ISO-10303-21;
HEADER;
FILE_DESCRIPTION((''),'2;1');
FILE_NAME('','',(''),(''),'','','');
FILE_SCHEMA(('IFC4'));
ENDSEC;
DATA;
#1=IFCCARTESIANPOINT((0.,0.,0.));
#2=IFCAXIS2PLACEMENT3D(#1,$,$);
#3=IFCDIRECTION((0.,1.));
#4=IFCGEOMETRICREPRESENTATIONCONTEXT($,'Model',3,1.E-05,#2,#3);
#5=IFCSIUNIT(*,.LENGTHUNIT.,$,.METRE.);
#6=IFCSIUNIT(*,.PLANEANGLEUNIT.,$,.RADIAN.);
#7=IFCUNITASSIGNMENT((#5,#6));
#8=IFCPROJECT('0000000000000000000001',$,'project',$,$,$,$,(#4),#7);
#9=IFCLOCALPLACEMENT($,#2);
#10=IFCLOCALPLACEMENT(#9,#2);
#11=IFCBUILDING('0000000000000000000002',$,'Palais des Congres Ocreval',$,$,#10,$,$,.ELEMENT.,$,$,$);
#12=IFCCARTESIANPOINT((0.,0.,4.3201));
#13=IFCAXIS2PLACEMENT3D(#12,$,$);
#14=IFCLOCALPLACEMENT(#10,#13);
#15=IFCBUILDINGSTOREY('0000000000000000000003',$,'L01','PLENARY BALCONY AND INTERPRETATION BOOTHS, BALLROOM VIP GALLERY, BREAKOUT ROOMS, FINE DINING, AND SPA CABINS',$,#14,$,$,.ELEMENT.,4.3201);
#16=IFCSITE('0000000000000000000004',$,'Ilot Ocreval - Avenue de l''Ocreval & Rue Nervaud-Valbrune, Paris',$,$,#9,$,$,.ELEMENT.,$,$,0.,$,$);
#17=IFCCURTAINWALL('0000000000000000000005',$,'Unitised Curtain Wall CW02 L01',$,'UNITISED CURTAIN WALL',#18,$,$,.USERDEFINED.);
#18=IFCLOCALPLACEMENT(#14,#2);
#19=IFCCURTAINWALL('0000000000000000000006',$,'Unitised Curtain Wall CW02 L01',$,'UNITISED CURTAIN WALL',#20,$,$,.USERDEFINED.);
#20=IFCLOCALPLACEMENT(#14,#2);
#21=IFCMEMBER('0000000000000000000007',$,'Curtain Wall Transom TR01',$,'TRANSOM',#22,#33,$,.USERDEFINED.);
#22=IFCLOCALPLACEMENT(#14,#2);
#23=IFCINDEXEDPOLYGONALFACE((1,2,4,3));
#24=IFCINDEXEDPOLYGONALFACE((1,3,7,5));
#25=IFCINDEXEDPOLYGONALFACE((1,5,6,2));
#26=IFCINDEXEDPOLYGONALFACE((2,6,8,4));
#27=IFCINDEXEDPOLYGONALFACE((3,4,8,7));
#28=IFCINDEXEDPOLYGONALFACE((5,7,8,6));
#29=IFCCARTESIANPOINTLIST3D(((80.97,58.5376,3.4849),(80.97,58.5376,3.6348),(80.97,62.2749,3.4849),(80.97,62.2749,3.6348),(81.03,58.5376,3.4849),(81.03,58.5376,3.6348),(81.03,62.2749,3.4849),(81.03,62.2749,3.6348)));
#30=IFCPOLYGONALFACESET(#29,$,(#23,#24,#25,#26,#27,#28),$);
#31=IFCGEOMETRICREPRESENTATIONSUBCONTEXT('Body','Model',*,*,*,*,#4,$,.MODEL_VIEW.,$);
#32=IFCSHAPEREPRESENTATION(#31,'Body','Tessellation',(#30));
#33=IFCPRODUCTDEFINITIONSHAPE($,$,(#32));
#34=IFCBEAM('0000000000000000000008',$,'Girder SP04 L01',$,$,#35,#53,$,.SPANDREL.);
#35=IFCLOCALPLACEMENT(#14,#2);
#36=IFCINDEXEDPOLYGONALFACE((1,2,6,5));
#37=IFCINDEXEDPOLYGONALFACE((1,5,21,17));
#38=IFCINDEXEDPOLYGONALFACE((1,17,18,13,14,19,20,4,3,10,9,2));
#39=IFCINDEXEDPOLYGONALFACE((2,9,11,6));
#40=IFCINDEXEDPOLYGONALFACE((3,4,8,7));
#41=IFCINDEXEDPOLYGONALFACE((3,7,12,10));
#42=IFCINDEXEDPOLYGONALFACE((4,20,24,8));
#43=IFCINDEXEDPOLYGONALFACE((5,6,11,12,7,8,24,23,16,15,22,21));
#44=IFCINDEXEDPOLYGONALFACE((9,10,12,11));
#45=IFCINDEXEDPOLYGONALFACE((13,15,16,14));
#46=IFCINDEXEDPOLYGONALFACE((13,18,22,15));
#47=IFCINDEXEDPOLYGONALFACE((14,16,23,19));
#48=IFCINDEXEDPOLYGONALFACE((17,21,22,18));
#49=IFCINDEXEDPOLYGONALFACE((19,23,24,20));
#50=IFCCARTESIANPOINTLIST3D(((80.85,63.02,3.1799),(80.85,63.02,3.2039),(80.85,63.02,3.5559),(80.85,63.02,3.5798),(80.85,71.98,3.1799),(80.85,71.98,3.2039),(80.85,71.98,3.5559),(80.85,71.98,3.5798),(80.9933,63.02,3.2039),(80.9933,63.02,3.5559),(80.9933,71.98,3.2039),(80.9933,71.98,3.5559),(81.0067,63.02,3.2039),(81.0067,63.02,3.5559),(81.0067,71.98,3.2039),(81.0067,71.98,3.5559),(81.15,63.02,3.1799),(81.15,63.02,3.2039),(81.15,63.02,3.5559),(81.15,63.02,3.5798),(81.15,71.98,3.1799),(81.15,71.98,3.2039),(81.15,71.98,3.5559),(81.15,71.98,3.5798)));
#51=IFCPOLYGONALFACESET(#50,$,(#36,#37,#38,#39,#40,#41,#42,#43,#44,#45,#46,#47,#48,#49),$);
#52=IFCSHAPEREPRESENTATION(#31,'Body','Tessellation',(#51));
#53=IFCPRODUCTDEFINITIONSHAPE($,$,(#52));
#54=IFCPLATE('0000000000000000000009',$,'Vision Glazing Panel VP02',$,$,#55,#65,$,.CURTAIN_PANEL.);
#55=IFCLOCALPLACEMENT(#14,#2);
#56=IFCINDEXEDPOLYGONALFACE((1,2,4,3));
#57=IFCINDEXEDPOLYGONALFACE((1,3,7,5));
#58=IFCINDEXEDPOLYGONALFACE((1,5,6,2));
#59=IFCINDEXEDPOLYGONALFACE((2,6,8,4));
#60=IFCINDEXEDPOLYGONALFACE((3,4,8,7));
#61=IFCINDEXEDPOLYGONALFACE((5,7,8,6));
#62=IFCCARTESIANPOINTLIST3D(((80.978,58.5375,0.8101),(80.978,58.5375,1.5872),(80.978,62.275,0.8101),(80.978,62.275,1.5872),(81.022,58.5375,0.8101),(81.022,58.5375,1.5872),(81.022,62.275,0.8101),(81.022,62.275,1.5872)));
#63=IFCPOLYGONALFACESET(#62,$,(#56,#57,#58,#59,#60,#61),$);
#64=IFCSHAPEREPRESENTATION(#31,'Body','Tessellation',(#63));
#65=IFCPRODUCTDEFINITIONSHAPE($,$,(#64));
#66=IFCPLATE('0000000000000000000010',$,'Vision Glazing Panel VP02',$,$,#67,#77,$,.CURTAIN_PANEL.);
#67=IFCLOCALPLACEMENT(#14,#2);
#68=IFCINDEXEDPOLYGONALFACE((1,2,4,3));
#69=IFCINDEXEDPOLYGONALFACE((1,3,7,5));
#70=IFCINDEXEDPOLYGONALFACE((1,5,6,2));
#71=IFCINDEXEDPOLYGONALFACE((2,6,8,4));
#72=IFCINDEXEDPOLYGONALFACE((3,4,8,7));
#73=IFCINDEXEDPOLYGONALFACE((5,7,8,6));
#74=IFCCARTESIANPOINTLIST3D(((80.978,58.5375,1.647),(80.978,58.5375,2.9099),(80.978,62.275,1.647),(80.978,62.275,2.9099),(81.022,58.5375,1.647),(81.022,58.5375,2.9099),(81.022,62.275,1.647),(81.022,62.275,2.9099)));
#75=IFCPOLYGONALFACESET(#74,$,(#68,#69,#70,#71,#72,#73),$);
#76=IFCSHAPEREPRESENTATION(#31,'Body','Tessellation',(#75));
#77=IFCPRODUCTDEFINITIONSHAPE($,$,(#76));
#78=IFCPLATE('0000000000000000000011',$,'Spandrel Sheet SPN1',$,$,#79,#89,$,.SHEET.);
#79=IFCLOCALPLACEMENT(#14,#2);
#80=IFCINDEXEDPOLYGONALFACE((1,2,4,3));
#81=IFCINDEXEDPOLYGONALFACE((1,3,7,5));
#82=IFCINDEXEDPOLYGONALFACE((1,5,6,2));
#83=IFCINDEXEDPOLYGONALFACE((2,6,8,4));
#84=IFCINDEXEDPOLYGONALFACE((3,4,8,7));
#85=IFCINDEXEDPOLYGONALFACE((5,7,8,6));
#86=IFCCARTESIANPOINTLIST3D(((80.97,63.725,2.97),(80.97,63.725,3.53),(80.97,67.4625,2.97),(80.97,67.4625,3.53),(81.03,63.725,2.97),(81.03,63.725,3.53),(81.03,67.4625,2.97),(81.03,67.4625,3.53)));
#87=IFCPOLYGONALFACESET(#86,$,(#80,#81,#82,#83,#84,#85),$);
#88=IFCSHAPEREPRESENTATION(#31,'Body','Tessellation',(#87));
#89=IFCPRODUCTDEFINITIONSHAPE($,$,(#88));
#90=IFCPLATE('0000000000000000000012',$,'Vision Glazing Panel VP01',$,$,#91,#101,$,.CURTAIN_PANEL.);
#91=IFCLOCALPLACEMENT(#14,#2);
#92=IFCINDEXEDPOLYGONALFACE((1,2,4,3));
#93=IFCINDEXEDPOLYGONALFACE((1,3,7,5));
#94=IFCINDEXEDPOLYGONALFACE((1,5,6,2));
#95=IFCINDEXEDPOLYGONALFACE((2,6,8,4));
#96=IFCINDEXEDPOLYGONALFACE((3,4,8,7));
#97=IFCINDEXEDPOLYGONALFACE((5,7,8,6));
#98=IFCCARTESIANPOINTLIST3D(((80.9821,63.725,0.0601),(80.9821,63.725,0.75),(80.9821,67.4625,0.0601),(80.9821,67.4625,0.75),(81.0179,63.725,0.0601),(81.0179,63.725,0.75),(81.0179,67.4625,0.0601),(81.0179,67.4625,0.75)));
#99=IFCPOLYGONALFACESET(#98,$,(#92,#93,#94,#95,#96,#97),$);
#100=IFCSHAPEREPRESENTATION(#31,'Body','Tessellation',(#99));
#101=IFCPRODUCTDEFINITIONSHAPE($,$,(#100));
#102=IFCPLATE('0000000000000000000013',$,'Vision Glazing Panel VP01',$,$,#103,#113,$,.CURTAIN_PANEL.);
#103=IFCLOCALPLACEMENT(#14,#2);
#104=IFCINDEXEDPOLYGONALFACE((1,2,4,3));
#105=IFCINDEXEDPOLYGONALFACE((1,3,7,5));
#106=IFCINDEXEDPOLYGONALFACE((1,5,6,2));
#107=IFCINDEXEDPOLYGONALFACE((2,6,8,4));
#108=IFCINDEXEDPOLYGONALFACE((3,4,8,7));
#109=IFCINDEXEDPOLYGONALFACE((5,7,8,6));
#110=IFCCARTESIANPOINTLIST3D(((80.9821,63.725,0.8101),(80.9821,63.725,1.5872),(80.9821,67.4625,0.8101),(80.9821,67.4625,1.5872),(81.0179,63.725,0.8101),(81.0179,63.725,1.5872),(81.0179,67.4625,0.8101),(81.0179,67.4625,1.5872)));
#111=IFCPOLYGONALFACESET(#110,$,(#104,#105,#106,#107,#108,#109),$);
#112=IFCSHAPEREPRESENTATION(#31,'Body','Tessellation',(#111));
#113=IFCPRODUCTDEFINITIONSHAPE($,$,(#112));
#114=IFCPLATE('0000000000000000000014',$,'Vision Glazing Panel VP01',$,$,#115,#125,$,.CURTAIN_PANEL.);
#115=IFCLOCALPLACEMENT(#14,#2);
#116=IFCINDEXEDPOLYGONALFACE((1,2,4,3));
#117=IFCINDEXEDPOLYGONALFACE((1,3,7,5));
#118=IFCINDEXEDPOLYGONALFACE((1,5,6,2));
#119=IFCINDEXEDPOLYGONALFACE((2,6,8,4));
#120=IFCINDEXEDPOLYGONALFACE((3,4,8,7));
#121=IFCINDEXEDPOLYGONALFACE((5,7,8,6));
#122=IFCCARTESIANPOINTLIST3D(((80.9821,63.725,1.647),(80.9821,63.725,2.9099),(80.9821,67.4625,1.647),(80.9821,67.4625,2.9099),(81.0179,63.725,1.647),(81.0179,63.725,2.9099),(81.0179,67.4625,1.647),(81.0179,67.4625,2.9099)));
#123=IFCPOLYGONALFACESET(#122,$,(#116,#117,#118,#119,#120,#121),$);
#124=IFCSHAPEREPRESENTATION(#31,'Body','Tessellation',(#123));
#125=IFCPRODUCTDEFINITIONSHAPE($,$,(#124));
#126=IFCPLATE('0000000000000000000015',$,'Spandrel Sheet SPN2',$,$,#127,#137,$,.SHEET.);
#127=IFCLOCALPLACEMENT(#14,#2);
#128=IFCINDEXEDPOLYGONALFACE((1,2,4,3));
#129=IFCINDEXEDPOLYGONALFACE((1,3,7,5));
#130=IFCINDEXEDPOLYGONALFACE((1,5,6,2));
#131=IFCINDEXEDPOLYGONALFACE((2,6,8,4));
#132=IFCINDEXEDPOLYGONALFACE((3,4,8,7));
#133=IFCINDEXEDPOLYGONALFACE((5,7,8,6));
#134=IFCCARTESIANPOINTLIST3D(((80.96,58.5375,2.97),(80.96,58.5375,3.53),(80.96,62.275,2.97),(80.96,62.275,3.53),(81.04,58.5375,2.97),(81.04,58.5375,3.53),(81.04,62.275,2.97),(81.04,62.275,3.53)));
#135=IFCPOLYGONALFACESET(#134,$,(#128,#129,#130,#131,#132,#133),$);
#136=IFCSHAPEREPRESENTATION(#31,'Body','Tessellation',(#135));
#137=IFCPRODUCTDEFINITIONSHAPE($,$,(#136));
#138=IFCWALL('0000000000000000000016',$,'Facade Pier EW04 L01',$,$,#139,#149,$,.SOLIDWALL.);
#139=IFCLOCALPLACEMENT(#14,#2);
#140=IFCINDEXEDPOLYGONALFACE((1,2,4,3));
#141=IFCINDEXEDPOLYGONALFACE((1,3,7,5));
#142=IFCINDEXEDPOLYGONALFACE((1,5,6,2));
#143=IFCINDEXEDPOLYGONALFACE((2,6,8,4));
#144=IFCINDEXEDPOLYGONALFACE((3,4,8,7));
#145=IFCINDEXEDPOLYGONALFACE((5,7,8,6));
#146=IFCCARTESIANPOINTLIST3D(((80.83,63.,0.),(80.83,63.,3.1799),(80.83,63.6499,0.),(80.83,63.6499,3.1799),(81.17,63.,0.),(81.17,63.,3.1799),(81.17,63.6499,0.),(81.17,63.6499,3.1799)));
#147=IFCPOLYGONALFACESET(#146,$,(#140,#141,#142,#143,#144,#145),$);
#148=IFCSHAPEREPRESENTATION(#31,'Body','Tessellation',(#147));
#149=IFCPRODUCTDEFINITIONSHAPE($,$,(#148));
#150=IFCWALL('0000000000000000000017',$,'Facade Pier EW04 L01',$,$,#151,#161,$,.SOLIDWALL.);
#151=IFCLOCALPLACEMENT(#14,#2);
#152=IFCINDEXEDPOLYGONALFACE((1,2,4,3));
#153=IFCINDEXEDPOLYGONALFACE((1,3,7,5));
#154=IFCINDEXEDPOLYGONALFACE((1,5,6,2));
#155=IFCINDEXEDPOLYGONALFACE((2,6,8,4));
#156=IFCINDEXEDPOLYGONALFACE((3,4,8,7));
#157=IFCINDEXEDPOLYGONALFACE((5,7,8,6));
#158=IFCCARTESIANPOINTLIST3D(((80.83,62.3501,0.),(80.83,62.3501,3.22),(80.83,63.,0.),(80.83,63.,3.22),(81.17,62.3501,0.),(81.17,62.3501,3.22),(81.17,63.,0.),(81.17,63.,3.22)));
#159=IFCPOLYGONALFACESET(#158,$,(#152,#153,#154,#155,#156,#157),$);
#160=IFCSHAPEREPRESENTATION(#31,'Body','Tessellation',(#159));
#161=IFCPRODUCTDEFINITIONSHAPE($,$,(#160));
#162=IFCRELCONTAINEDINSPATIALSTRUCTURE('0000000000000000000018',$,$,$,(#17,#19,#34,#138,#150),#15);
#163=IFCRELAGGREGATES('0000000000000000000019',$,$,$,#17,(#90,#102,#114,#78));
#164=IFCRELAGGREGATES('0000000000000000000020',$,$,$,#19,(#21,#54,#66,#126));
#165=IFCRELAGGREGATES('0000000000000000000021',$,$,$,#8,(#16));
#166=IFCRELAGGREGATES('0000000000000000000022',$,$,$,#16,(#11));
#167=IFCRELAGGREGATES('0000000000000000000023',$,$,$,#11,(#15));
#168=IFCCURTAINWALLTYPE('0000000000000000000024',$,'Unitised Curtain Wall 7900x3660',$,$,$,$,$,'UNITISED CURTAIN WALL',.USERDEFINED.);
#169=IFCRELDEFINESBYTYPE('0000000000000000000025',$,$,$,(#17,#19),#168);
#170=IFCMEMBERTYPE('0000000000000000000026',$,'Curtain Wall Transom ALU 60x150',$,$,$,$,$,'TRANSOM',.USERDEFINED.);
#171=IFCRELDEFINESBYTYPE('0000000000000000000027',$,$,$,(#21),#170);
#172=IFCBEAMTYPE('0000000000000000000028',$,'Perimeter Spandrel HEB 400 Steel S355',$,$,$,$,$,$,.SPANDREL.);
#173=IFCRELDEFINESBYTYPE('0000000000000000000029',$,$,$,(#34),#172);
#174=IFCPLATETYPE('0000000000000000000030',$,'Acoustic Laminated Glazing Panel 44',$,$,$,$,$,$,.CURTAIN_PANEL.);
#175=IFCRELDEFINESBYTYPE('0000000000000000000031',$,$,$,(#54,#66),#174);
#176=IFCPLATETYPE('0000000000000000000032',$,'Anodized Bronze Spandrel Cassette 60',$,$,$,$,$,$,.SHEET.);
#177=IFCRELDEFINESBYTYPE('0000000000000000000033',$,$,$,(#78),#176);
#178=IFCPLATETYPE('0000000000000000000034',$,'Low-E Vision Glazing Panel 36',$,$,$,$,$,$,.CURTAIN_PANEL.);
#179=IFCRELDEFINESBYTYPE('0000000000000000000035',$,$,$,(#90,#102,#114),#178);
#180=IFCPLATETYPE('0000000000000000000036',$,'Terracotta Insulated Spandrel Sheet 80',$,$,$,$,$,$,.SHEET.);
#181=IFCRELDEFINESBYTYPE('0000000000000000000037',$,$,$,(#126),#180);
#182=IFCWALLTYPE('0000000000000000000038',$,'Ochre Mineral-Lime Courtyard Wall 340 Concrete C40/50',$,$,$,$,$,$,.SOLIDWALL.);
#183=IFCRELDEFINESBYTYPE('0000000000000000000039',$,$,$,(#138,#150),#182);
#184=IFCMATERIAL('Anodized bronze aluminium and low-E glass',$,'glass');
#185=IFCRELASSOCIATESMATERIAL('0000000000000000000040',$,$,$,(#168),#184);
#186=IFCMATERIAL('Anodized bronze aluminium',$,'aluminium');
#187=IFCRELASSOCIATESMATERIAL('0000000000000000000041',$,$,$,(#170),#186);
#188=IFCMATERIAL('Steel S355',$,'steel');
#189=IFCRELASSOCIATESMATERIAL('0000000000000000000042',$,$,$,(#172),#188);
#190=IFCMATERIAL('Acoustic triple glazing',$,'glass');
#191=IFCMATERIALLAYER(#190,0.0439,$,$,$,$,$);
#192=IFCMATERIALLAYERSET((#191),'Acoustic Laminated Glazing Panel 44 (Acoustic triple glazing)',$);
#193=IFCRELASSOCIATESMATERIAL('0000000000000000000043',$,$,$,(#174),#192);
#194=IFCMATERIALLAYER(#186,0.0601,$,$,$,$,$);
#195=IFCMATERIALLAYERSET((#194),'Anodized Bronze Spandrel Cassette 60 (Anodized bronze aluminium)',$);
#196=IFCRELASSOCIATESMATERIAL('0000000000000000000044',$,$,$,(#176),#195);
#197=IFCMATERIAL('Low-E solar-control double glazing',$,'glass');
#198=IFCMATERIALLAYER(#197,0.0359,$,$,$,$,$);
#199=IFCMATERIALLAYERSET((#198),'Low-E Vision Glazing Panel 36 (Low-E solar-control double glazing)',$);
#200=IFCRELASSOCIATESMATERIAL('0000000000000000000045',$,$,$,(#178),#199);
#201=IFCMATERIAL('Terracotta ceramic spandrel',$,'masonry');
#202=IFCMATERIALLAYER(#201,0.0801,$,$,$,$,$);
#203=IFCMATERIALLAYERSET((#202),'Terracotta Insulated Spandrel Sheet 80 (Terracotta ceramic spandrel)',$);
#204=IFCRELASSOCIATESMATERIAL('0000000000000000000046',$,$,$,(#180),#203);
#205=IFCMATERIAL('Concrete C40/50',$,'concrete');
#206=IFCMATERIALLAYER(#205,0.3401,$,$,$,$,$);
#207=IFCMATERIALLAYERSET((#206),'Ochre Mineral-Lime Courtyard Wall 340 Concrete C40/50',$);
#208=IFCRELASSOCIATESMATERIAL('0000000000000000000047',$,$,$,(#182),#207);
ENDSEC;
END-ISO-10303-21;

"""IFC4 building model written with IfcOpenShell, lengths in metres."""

from ifc_helpers import new_model, si_unit, direction, frame, frame_2d, origin, origin_2d, place, context, subcontext, project, spatial, rectangle, i_section, extrude, material, layer, layer_set, material_profile, profile_set, type_object, element, aggregate, save


model = new_model("IFC4")

# Units and contexts
model_context = context("Model", 3, precision=1e-05, world=origin(), true_north=direction((0.0, 1.0)))
body_context = subcontext(model_context, "Body", "Model", "MODEL_VIEW")
ifc_project = project(units=[si_unit("LENGTHUNIT", "METRE"), si_unit("PLANEANGLEUNIT", "RADIAN")], contexts=[model_context])

# Site, building, storey
site_placement = place(None, origin())
site = spatial("IfcSite", under=ifc_project, at=site_placement, Name="Ilot Ocreval - Avenue de l'Ocreval & Rue Nervaud-Valbrune, Paris", CompositionType="ELEMENT", RefElevation=0.0)
building_placement = place(site_placement, origin())
building = spatial("IfcBuilding", under=site, at=building_placement, Name="Palais des Congres Ocreval", CompositionType="ELEMENT")
storey_placement = place(building_placement, frame((0.0, 0.0, 4.3201)))
storey = spatial("IfcBuildingStorey", under=building, at=storey_placement, Name="L01", Description="PLENARY BALCONY AND INTERPRETATION BOOTHS, BALLROOM VIP GALLERY, BREAKOUT ROOMS, FINE DINING, AND SPA CABINS", CompositionType="ELEMENT", Elevation=4.3201)

# Shared definitions
ifc_material_1 = material(Name="Steel S355", Category="steel")

# Curtain walls
ifc_material_2 = material(Name="Anodized bronze aluminium and low-E glass", Category="glass")
curtain_wall_type = type_object("IfcCurtainWallType", Name="Unitised Curtain Wall 7900x3660", ElementType="UNITISED CURTAIN WALL", PredefinedType="USERDEFINED", material=ifc_material_2)
curtain_wall_1_placement = place(storey_placement, origin())
curtain_wall_1 = element("IfcCurtainWall", 1, at=curtain_wall_1_placement, inside=storey, type_object=curtain_wall_type, Name="Unitised Curtain Wall CW02 L01", ObjectType="UNITISED CURTAIN WALL", PredefinedType="USERDEFINED")
ifc_material_3 = material(Name="Anodized bronze aluminium", Category="aluminium")
curtain_wall_2_placement = place(storey_placement, origin())
curtain_wall_2 = element("IfcCurtainWall", 2, at=curtain_wall_2_placement, inside=storey, type_object=curtain_wall_type, Name="Unitised Curtain Wall CW02 L01", ObjectType="UNITISED CURTAIN WALL", PredefinedType="USERDEFINED")

# Member
ifc_material_profile_1 = material_profile(ifc_material_3, rectangle(XDim=0.0601, YDim=0.1499, at=origin_2d()), Name="ALU 60x150")
ifc_profile_set_1 = profile_set([ifc_material_profile_1], Name="Anodized bronze aluminium")
member_type_1 = type_object("IfcMemberType", Name="Curtain Wall Transom ALU 60x150", ElementType="TRANSOM", PredefinedType="USERDEFINED", material=ifc_profile_set_1)
member_1_placement = place(storey_placement, frame((81.0, 62.2749, 3.5598), z_axis=(0.0, -1.0, 0.0), x_axis=(1.0, 0.0, 0.0)))
member_1 = element("IfcMember", 3, at=member_1_placement, type_object=member_type_1, Name="Curtain Wall Transom TR01", ObjectType="TRANSOM", PredefinedType="USERDEFINED", context=body_context, shape_type="SweptSolid", body=[
    extrude(rectangle(XDim=0.0601, YDim=0.1499, at=origin_2d()), origin(), (0.0, 0.0, 1.0), 3.7373),
])

# Beam
ifc_material_profile_2 = material_profile(ifc_material_1, i_section(OverallWidth=0.3, OverallDepth=0.3999, WebThickness=0.0134, FlangeThickness=0.0239, at=origin_2d()), Name="HEB 400")
ifc_profile_set_2 = profile_set([ifc_material_profile_2], Name="Steel S355")
beam_type = type_object("IfcBeamType", Name="Perimeter Spandrel HEB 400 Steel S355", PredefinedType="SPANDREL", material=ifc_profile_set_2)
beam_placement = place(storey_placement, frame((81.0, 63.02, 3.3799), z_axis=(0.0, 1.0, 0.0), x_axis=(-1.0, 0.0, 0.0)))
element("IfcBeam", 4, at=beam_placement, inside=storey, type_object=beam_type, Name="Girder SP04 L01", PredefinedType="SPANDREL", context=body_context, shape_type="SweptSolid", body=[
    extrude(i_section(OverallWidth=0.3, OverallDepth=0.3999, WebThickness=0.0134, FlangeThickness=0.0239, at=origin_2d()), origin(), (0.0, 0.0, 1.0), 8.96),
])

# Plates
ifc_material_4 = material(Name="Acoustic triple glazing", Category="glass")
ifc_layer_1 = layer(ifc_material_4, 0.0439)
ifc_layer_set_1 = layer_set([ifc_layer_1], Name="Acoustic Laminated Glazing Panel 44 (Acoustic triple glazing)")
plate_type_1 = type_object("IfcPlateType", Name="Acoustic Laminated Glazing Panel 44", PredefinedType="CURTAIN_PANEL", material=ifc_layer_set_1)
plate_1_placement = place(storey_placement, frame((81.0, 60.4062, 0.8101), z_axis=(0.0, 0.0, 1.0), x_axis=(0.0, -1.0, 0.0)))
plate_1 = element("IfcPlate", 5, at=plate_1_placement, type_object=plate_type_1, Name="Vision Glazing Panel VP02", PredefinedType="CURTAIN_PANEL", context=body_context, shape_type="SweptSolid", body=[
    extrude(rectangle(XDim=3.7375, YDim=0.0439, at=origin_2d()), origin(), (0.0, 0.0, 1.0), 0.7771),
])
plate_2_placement = place(storey_placement, frame((81.0, 60.4062, 1.647), z_axis=(0.0, 0.0, 1.0), x_axis=(0.0, -1.0, 0.0)))
plate_2 = element("IfcPlate", 6, at=plate_2_placement, type_object=plate_type_1, Name="Vision Glazing Panel VP02", PredefinedType="CURTAIN_PANEL", context=body_context, shape_type="SweptSolid", body=[
    extrude(rectangle(XDim=3.7375, YDim=0.0439, at=origin_2d()), origin(), (0.0, 0.0, 1.0), 1.2629),
])
ifc_layer_2 = layer(ifc_material_3, 0.0601)
ifc_layer_set_2 = layer_set([ifc_layer_2], Name="Anodized Bronze Spandrel Cassette 60 (Anodized bronze aluminium)")
plate_type_2 = type_object("IfcPlateType", Name="Anodized Bronze Spandrel Cassette 60", PredefinedType="SHEET", material=ifc_layer_set_2)
plate_3_placement = place(storey_placement, frame((81.0, 65.5938, 2.97), z_axis=(0.0, 0.0, 1.0), x_axis=(0.0, -1.0, 0.0)))
plate_3 = element("IfcPlate", 7, at=plate_3_placement, type_object=plate_type_2, Name="Spandrel Sheet SPN1", PredefinedType="SHEET", context=body_context, shape_type="SweptSolid", body=[
    extrude(rectangle(XDim=3.7375, YDim=0.0601, at=origin_2d()), origin(), (0.0, 0.0, 1.0), 0.5601),
])
ifc_material_5 = material(Name="Low-E solar-control double glazing", Category="glass")
ifc_layer_3 = layer(ifc_material_5, 0.0359)
ifc_layer_set_3 = layer_set([ifc_layer_3], Name="Low-E Vision Glazing Panel 36 (Low-E solar-control double glazing)")
plate_type_3 = type_object("IfcPlateType", Name="Low-E Vision Glazing Panel 36", PredefinedType="CURTAIN_PANEL", material=ifc_layer_set_3)
plate_4_placement = place(storey_placement, frame((81.0, 65.5938, 0.0601), z_axis=(0.0, 0.0, 1.0), x_axis=(0.0, -1.0, 0.0)))
plate_4 = element("IfcPlate", 8, at=plate_4_placement, type_object=plate_type_3, Name="Vision Glazing Panel VP01", PredefinedType="CURTAIN_PANEL", context=body_context, shape_type="SweptSolid", body=[
    extrude(rectangle(XDim=3.7375, YDim=0.0359, at=origin_2d()), origin(), (0.0, 0.0, 1.0), 0.6899),
])
plate_5_placement = place(storey_placement, frame((81.0, 65.5938, 0.8101), z_axis=(0.0, 0.0, 1.0), x_axis=(0.0, -1.0, 0.0)))
plate_5 = element("IfcPlate", 9, at=plate_5_placement, type_object=plate_type_3, Name="Vision Glazing Panel VP01", PredefinedType="CURTAIN_PANEL", context=body_context, shape_type="SweptSolid", body=[
    extrude(rectangle(XDim=3.7375, YDim=0.0359, at=origin_2d()), origin(), (0.0, 0.0, 1.0), 0.7771),
])
plate_6_placement = place(storey_placement, frame((81.0, 65.5938, 1.647), z_axis=(0.0, 0.0, 1.0), x_axis=(0.0, -1.0, 0.0)))
plate_6 = element("IfcPlate", 10, at=plate_6_placement, type_object=plate_type_3, Name="Vision Glazing Panel VP01", PredefinedType="CURTAIN_PANEL", context=body_context, shape_type="SweptSolid", body=[
    extrude(rectangle(XDim=3.7375, YDim=0.0359, at=origin_2d()), origin(), (0.0, 0.0, 1.0), 1.2629),
])
aggregate(curtain_wall_1, [plate_4, plate_5, plate_6, plate_3])
ifc_material_6 = material(Name="Terracotta ceramic spandrel", Category="masonry")
ifc_layer_4 = layer(ifc_material_6, 0.0801)
ifc_layer_set_4 = layer_set([ifc_layer_4], Name="Terracotta Insulated Spandrel Sheet 80 (Terracotta ceramic spandrel)")
plate_type_4 = type_object("IfcPlateType", Name="Terracotta Insulated Spandrel Sheet 80", PredefinedType="SHEET", material=ifc_layer_set_4)
plate_7_placement = place(storey_placement, frame((81.0, 60.4062, 2.97), z_axis=(0.0, 0.0, 1.0), x_axis=(0.0, -1.0, 0.0)))
plate_7 = element("IfcPlate", 11, at=plate_7_placement, type_object=plate_type_4, Name="Spandrel Sheet SPN2", PredefinedType="SHEET", context=body_context, shape_type="SweptSolid", body=[
    extrude(rectangle(XDim=3.7375, YDim=0.0801, at=origin_2d()), origin(), (0.0, 0.0, 1.0), 0.5601),
])
aggregate(curtain_wall_2, [member_1, plate_1, plate_2, plate_7])

# Walls
ifc_material_7 = material(Name="Concrete C40/50", Category="concrete")
ifc_layer_5 = layer(ifc_material_7, 0.3401)
ifc_layer_set_5 = layer_set([ifc_layer_5], Name="Ochre Mineral-Lime Courtyard Wall 340 Concrete C40/50")
wall_type = type_object("IfcWallType", Name="Ochre Mineral-Lime Courtyard Wall 340 Concrete C40/50", PredefinedType="SOLIDWALL", material=ifc_layer_set_5)
wall_1_placement = place(storey_placement, frame((81.0, 63.6499, 0.0), z_axis=(0.0, 0.0, 1.0), x_axis=(0.0, -1.0, 0.0)))
element("IfcWall", 12, at=wall_1_placement, inside=storey, type_object=wall_type, Name="Facade Pier EW04 L01", PredefinedType="SOLIDWALL", context=body_context, shape_type="SweptSolid", body=[
    extrude(rectangle(XDim=0.6499, YDim=0.3401, at=frame_2d((0.325, 0.0))), origin(), (0.0, 0.0, 1.0), 3.1799),
])
wall_2_placement = place(storey_placement, frame((81.0, 63.0, 0.0), z_axis=(0.0, 0.0, 1.0), x_axis=(0.0, -1.0, 0.0)))
element("IfcWall", 13, at=wall_2_placement, inside=storey, type_object=wall_type, Name="Facade Pier EW04 L01", PredefinedType="SOLIDWALL", context=body_context, shape_type="SweptSolid", body=[
    extrude(rectangle(XDim=0.6499, YDim=0.3401, at=frame_2d((0.325, 0.0))), origin(), (0.0, 0.0, 1.0), 3.22),
])

save(model, "model.ifc")
